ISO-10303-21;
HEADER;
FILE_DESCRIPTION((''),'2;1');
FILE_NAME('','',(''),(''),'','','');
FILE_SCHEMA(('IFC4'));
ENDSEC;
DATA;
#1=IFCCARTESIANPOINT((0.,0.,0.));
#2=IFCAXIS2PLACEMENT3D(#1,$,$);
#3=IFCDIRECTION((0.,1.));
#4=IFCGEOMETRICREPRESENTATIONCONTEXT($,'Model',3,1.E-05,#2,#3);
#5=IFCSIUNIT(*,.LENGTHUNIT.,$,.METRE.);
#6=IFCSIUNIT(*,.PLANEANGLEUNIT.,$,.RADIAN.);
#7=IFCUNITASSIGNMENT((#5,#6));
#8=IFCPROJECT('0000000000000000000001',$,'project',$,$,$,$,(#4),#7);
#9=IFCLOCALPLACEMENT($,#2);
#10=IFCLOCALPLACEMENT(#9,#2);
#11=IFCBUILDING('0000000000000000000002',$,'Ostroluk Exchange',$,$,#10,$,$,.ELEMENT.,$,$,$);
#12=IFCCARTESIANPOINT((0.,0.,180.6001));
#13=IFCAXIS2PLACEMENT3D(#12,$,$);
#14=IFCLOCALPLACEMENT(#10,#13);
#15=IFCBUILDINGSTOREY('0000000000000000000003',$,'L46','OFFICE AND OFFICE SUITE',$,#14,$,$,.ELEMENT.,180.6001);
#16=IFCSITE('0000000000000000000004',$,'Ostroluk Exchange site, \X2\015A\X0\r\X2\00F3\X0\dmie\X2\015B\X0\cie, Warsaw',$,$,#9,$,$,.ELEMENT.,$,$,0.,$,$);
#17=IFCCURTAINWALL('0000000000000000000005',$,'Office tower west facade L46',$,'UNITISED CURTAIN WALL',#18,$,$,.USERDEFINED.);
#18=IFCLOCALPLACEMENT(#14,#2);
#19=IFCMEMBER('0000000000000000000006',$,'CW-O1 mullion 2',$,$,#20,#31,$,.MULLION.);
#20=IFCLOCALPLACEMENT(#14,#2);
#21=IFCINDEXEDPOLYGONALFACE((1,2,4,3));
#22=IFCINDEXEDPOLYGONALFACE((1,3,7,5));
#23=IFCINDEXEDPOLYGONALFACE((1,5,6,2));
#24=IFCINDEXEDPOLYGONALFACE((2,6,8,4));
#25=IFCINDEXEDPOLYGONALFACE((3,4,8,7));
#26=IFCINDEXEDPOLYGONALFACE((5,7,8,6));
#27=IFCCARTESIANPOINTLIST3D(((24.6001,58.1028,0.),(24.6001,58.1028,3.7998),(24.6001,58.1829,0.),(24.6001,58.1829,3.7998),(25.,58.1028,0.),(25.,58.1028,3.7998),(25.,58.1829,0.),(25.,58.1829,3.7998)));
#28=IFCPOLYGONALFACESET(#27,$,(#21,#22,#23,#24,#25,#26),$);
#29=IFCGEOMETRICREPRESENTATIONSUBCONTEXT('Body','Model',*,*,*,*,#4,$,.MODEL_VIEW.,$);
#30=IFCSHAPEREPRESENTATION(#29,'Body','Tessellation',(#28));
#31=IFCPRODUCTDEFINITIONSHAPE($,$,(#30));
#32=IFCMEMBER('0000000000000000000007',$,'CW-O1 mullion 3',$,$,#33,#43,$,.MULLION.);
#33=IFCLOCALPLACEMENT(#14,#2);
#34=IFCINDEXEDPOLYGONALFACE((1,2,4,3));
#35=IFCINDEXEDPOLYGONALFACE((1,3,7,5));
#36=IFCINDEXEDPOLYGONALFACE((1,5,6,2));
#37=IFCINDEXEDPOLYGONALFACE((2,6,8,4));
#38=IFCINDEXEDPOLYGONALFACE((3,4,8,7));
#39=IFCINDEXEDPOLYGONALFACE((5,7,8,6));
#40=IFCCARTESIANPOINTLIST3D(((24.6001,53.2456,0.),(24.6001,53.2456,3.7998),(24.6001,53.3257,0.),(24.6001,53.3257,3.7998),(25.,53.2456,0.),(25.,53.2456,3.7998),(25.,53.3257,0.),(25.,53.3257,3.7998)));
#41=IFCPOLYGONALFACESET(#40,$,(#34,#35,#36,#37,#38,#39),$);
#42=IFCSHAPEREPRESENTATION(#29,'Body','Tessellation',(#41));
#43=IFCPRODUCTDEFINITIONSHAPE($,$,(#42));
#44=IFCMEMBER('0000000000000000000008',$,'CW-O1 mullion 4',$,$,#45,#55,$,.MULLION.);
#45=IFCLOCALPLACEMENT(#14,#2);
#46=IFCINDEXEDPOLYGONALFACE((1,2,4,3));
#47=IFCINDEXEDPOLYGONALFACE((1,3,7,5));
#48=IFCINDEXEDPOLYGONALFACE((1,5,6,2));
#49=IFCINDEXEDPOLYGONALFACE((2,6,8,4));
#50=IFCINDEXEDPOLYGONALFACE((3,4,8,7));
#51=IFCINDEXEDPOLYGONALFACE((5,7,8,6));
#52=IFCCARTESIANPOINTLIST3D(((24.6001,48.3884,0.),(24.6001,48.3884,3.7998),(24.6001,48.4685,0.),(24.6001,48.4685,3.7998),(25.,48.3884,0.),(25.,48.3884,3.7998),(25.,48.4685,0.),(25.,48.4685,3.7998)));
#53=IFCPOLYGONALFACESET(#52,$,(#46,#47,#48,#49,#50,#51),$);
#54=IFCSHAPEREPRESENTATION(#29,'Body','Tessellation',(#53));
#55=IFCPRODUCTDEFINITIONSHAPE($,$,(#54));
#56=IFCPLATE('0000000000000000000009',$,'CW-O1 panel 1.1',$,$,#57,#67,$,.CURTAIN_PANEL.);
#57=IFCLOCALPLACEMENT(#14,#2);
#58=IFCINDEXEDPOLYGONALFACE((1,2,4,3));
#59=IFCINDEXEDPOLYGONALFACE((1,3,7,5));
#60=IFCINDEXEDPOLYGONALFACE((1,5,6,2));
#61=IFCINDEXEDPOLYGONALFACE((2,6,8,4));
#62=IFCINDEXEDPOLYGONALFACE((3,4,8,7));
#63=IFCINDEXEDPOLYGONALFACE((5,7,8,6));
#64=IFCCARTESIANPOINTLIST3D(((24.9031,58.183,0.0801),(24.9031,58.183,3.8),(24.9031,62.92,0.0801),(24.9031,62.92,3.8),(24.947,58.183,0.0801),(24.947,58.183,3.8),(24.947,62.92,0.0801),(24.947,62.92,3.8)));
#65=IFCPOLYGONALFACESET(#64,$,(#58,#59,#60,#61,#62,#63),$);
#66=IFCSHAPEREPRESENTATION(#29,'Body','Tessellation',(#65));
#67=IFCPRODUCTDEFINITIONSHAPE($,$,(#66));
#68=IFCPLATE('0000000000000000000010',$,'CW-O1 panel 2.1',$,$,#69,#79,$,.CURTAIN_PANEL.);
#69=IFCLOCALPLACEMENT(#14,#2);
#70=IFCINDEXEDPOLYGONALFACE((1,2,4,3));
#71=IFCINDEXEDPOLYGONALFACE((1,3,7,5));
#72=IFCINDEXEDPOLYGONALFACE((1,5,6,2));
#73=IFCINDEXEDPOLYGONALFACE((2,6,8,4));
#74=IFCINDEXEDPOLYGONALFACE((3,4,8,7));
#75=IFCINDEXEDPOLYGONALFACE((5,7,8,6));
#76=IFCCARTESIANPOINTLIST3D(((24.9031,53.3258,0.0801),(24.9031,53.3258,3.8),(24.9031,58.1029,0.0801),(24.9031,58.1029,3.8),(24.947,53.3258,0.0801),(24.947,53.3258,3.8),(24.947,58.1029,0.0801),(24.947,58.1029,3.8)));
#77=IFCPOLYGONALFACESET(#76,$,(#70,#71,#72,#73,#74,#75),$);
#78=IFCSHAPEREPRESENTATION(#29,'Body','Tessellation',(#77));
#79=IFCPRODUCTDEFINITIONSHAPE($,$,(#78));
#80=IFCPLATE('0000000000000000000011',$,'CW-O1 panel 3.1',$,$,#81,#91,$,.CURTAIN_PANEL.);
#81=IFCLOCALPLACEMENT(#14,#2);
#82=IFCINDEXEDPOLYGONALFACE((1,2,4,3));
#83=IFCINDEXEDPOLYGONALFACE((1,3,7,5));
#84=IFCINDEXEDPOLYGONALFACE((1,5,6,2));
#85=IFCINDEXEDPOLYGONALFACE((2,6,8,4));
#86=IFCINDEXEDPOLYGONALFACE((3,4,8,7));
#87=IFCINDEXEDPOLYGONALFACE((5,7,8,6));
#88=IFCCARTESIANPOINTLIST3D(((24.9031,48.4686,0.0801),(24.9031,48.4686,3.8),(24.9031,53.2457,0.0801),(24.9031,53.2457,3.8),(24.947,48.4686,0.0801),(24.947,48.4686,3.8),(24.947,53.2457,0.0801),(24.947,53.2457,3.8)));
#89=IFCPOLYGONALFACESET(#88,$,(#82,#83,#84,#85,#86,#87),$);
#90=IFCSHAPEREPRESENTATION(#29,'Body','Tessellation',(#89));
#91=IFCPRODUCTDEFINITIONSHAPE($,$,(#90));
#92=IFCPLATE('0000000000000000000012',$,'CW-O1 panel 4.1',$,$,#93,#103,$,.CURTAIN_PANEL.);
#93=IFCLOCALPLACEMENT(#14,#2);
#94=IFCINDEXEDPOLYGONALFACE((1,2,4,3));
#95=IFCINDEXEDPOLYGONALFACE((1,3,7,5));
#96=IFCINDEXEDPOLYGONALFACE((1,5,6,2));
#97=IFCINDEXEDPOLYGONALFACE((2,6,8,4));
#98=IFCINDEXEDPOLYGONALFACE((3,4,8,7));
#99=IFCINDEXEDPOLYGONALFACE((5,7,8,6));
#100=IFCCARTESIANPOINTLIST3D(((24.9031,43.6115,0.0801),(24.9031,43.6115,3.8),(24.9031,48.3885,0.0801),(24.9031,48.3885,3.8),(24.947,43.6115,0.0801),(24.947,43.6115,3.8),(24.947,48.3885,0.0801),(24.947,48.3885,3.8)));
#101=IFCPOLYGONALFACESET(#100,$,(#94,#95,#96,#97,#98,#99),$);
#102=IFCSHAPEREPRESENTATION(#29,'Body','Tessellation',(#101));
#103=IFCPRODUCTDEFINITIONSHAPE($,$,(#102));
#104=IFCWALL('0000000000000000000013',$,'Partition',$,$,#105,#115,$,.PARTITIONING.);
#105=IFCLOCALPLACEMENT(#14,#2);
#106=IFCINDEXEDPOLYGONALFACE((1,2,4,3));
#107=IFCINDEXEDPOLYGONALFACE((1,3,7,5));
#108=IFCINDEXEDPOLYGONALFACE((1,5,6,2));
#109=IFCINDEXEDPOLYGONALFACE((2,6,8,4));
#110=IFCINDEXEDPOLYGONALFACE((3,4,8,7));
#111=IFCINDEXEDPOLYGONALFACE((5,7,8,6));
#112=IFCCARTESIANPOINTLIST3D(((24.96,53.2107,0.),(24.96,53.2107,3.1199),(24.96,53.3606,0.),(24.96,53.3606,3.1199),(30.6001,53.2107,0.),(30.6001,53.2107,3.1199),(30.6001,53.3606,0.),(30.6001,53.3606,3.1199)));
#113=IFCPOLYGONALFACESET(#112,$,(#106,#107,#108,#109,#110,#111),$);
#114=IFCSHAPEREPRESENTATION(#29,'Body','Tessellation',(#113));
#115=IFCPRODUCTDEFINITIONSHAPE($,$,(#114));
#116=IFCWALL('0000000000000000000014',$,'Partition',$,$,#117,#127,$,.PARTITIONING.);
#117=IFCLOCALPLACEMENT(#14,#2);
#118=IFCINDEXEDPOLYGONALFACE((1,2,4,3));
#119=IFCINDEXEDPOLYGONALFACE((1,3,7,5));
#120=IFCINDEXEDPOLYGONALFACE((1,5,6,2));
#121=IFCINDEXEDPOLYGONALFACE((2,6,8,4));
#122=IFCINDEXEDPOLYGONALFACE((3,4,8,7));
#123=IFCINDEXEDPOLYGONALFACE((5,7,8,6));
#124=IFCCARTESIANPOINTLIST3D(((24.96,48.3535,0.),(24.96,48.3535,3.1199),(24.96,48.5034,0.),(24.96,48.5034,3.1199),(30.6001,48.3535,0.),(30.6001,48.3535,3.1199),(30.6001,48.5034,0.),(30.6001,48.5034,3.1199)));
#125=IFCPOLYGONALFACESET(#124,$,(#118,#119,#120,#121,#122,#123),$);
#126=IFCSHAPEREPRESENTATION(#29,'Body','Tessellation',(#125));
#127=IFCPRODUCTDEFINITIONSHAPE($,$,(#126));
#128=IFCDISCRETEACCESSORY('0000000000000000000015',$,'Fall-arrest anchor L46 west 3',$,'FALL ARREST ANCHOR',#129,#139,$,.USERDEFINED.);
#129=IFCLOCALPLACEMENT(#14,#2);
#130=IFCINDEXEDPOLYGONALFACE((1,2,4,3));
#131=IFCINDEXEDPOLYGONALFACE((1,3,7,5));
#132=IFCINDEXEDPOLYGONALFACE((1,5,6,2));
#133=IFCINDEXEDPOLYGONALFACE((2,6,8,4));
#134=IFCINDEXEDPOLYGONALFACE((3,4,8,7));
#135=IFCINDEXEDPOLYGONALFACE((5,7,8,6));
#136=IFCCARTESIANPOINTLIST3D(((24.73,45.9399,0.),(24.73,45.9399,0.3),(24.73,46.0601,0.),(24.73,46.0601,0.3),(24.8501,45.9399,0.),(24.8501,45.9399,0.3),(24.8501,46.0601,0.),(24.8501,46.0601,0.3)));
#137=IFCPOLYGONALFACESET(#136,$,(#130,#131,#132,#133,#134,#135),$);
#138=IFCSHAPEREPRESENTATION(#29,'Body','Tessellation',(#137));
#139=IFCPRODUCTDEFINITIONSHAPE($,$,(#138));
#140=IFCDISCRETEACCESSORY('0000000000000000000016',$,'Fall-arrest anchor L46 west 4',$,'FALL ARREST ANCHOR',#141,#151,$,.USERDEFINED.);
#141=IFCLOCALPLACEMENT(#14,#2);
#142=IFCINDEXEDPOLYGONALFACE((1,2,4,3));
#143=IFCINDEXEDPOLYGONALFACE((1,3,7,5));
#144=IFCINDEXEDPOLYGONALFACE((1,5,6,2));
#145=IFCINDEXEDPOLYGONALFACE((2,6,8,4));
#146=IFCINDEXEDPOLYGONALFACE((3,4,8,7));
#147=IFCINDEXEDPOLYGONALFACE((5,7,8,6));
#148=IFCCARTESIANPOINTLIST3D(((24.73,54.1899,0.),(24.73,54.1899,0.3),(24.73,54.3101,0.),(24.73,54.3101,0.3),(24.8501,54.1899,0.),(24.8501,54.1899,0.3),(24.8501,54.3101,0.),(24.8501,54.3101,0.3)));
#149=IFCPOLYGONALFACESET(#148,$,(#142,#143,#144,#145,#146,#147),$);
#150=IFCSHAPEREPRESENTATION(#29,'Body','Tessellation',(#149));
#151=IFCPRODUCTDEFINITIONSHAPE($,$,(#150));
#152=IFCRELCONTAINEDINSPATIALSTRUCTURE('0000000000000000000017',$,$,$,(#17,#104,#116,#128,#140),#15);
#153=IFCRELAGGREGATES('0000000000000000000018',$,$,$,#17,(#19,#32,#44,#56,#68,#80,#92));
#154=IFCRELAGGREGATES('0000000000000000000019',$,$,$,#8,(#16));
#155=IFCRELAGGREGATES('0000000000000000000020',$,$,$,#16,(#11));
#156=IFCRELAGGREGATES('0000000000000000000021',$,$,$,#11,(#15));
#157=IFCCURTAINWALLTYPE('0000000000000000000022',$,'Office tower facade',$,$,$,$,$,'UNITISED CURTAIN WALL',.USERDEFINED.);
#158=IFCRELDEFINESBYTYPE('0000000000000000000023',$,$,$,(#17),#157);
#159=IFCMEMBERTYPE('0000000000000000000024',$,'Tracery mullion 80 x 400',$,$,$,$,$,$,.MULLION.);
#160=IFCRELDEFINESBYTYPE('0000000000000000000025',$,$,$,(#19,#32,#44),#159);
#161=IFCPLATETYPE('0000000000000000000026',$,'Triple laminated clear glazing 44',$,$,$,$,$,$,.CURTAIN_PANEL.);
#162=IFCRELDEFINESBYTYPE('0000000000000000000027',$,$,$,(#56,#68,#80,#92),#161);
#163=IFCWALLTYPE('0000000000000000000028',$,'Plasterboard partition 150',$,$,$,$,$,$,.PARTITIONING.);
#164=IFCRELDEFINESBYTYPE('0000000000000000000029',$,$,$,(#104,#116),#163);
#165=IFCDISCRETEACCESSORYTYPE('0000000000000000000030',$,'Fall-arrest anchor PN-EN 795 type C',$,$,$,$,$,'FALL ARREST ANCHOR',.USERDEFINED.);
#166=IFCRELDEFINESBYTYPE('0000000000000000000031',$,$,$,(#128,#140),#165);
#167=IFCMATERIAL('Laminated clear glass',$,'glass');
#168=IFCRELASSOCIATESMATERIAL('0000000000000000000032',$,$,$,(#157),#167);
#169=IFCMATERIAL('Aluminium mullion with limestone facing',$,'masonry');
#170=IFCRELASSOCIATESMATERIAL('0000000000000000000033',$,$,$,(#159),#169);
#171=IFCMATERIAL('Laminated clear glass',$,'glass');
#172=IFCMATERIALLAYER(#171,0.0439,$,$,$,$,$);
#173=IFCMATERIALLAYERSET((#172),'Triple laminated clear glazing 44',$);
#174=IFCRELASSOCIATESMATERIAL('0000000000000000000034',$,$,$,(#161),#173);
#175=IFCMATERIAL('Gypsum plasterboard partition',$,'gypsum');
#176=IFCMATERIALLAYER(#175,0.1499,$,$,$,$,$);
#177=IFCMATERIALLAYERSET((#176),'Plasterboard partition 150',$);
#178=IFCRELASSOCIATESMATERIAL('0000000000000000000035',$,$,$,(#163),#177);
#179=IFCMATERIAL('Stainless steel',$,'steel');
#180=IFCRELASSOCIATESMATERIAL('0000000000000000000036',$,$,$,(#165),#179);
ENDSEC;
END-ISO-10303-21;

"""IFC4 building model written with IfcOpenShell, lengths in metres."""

from ifc_helpers import new_model, si_unit, direction, frame, frame_2d, origin, origin_2d, place, context, subcontext, project, spatial, rectangle, extrude, material, layer, layer_set, material_profile, profile_set, type_object, element, aggregate, save


model = new_model("IFC4")

# Units and contexts
model_context = context("Model", 3, precision=1e-05, world=origin(), true_north=direction((0.0, 1.0)))
body_context = subcontext(model_context, "Body", "Model", "MODEL_VIEW")
ifc_project = project(units=[si_unit("LENGTHUNIT", "METRE"), si_unit("PLANEANGLEUNIT", "RADIAN")], contexts=[model_context])

# Site, building, storey
site_placement = place(None, origin())
site = spatial("IfcSite", under=ifc_project, at=site_placement, Name="Ostroluk Exchange site, Śródmieście, Warsaw", CompositionType="ELEMENT", RefElevation=0.0)
building_placement = place(site_placement, origin())
building = spatial("IfcBuilding", under=site, at=building_placement, Name="Ostroluk Exchange", CompositionType="ELEMENT")
storey_placement = place(building_placement, frame((0.0, 0.0, 180.6001)))
storey = spatial("IfcBuildingStorey", under=building, at=storey_placement, Name="L46", Description="OFFICE AND OFFICE SUITE", CompositionType="ELEMENT", Elevation=180.6001)

# Curtain wall, members, plates
ifc_material_1 = material(Name="Laminated clear glass", Category="glass")
curtain_wall_type = type_object("IfcCurtainWallType", Name="Office tower facade", ElementType="UNITISED CURTAIN WALL", PredefinedType="USERDEFINED", material=ifc_material_1)
curtain_wall_placement = place(storey_placement, origin())
curtain_wall = element("IfcCurtainWall", 1, at=curtain_wall_placement, inside=storey, type_object=curtain_wall_type, Name="Office tower west facade L46", ObjectType="UNITISED CURTAIN WALL", PredefinedType="USERDEFINED")
ifc_material_2 = material(Name="Aluminium mullion with limestone facing", Category="masonry")
ifc_material_profile_1 = material_profile(ifc_material_2, rectangle(XDim=0.3999, YDim=0.0801, at=origin_2d()), Name="Tracery mullion 80 x 400")
ifc_profile_set_1 = profile_set([ifc_material_profile_1], Name="Aluminium mullion with limestone facing")
member_type_1 = type_object("IfcMemberType", Name="Tracery mullion 80 x 400", PredefinedType="MULLION", material=ifc_profile_set_1)
member_1_placement = place(storey_placement, frame((24.8, 58.1428, 0.0), z_axis=(0.0, 0.0, 1.0), x_axis=(1.0, 0.0, 0.0)))
member_1 = element("IfcMember", 2, at=member_1_placement, type_object=member_type_1, Name="CW-O1 mullion 2", PredefinedType="MULLION", context=body_context, shape_type="SweptSolid", body=[
    extrude(rectangle(XDim=0.3999, YDim=0.0801, at=origin_2d()), origin(), (0.0, 0.0, 1.0), 3.7998),
])
member_2_placement = place(storey_placement, frame((24.8, 53.2856, 0.0), z_axis=(0.0, 0.0, 1.0), x_axis=(1.0, 0.0, 0.0)))
member_2 = element("IfcMember", 3, at=member_2_placement, type_object=member_type_1, Name="CW-O1 mullion 3", PredefinedType="MULLION", context=body_context, shape_type="SweptSolid", body=[
    extrude(rectangle(XDim=0.3999, YDim=0.0801, at=origin_2d()), origin(), (0.0, 0.0, 1.0), 3.7998),
])
member_3_placement = place(storey_placement, frame((24.8, 48.4285, 0.0), z_axis=(0.0, 0.0, 1.0), x_axis=(1.0, 0.0, 0.0)))
member_3 = element("IfcMember", 4, at=member_3_placement, type_object=member_type_1, Name="CW-O1 mullion 4", PredefinedType="MULLION", context=body_context, shape_type="SweptSolid", body=[
    extrude(rectangle(XDim=0.3999, YDim=0.0801, at=origin_2d()), origin(), (0.0, 0.0, 1.0), 3.7998),
])
ifc_material_3 = material(Name="Laminated clear glass", Category="glass")
ifc_layer_1 = layer(ifc_material_3, 0.0439)
ifc_layer_set_1 = layer_set([ifc_layer_1], Name="Triple laminated clear glazing 44")
plate_type = type_object("IfcPlateType", Name="Triple laminated clear glazing 44", PredefinedType="CURTAIN_PANEL", material=ifc_layer_set_1)
plate_1_placement = place(storey_placement, frame((24.925, 60.5515, 0.0801), z_axis=(0.0, 0.0, 1.0), x_axis=(0.0, -1.0, 0.0)))
plate_1 = element("IfcPlate", 5, at=plate_1_placement, type_object=plate_type, Name="CW-O1 panel 1.1", PredefinedType="CURTAIN_PANEL", context=body_context, shape_type="SweptSolid", body=[
    extrude(rectangle(XDim=4.7371, YDim=0.0439, at=origin_2d()), origin(), (0.0, 0.0, 1.0), 3.72),
])
plate_2_placement = place(storey_placement, frame((24.925, 55.7144, 0.0801), z_axis=(0.0, 0.0, 1.0), x_axis=(0.0, -1.0, 0.0)))
plate_2 = element("IfcPlate", 6, at=plate_2_placement, type_object=plate_type, Name="CW-O1 panel 2.1", PredefinedType="CURTAIN_PANEL", context=body_context, shape_type="SweptSolid", body=[
    extrude(rectangle(XDim=4.7771, YDim=0.0439, at=origin_2d()), origin(), (0.0, 0.0, 1.0), 3.72),
])
plate_3_placement = place(storey_placement, frame((24.925, 50.8572, 0.0801), z_axis=(0.0, 0.0, 1.0), x_axis=(0.0, -1.0, 0.0)))
plate_3 = element("IfcPlate", 7, at=plate_3_placement, type_object=plate_type, Name="CW-O1 panel 3.1", PredefinedType="CURTAIN_PANEL", context=body_context, shape_type="SweptSolid", body=[
    extrude(rectangle(XDim=4.7771, YDim=0.0439, at=origin_2d()), origin(), (0.0, 0.0, 1.0), 3.72),
])
plate_4_placement = place(storey_placement, frame((24.925, 46.0, 0.0801), z_axis=(0.0, 0.0, 1.0), x_axis=(0.0, -1.0, 0.0)))
plate_4 = element("IfcPlate", 8, at=plate_4_placement, type_object=plate_type, Name="CW-O1 panel 4.1", PredefinedType="CURTAIN_PANEL", context=body_context, shape_type="SweptSolid", body=[
    extrude(rectangle(XDim=4.7771, YDim=0.0439, at=origin_2d()), origin(), (0.0, 0.0, 1.0), 3.72),
])
aggregate(curtain_wall, [member_1, member_2, member_3, plate_1, plate_2, plate_3, plate_4])

# Walls
ifc_material_4 = material(Name="Gypsum plasterboard partition", Category="gypsum")
ifc_layer_2 = layer(ifc_material_4, 0.1499)
ifc_layer_set_2 = layer_set([ifc_layer_2], Name="Plasterboard partition 150")
wall_type = type_object("IfcWallType", Name="Plasterboard partition 150", PredefinedType="PARTITIONING", material=ifc_layer_set_2)
for number, where, z_axis, x_axis, name in (
    (9, (30.6001, 53.2856, 0.0), (0.0, 0.0, 1.0), (-1.0, 0.0, 0.0), "Partition"),
    (10, (30.6001, 48.4285, 0.0), (0.0, 0.0, 1.0), (-1.0, 0.0, 0.0), "Partition"),
):
    element("IfcWall", number, at=place(storey_placement, frame(where, z_axis=z_axis, x_axis=x_axis)), inside=storey, type_object=wall_type, Name=name, PredefinedType="PARTITIONING", context=body_context, shape_type="SweptSolid", body=[
        extrude(rectangle(XDim=5.6401, YDim=0.1499, at=frame_2d((2.8201, 0.0))), origin(), (0.0, 0.0, 1.0), 3.1199),
    ])

# Discrete accessories
ifc_material_5 = material(Name="Stainless steel", Category="steel")
discrete_accessory_type = type_object("IfcDiscreteAccessoryType", Name="Fall-arrest anchor PN-EN 795 type C", ElementType="FALL ARREST ANCHOR", PredefinedType="USERDEFINED", material=ifc_material_5)
for number, where, z_axis, x_axis, name in (
    (11, (24.79, 46.0, 0.0), (0.0, 0.0, 1.0), (1.0, 0.0, 0.0), "Fall-arrest anchor L46 west 3"),
    (12, (24.79, 54.25, 0.0), (0.0, 0.0, 1.0), (1.0, 0.0, 0.0), "Fall-arrest anchor L46 west 4"),
):
    element("IfcDiscreteAccessory", number, at=place(storey_placement, frame(where, z_axis=z_axis, x_axis=x_axis)), inside=storey, type_object=discrete_accessory_type, Name=name, ObjectType="FALL ARREST ANCHOR", PredefinedType="USERDEFINED", context=body_context, shape_type="SweptSolid", body=[
        extrude(rectangle(XDim=0.1201, YDim=0.1201, at=origin_2d()), origin(), (0.0, 0.0, 1.0), 0.3),
    ])

save(model, "model.ifc")
